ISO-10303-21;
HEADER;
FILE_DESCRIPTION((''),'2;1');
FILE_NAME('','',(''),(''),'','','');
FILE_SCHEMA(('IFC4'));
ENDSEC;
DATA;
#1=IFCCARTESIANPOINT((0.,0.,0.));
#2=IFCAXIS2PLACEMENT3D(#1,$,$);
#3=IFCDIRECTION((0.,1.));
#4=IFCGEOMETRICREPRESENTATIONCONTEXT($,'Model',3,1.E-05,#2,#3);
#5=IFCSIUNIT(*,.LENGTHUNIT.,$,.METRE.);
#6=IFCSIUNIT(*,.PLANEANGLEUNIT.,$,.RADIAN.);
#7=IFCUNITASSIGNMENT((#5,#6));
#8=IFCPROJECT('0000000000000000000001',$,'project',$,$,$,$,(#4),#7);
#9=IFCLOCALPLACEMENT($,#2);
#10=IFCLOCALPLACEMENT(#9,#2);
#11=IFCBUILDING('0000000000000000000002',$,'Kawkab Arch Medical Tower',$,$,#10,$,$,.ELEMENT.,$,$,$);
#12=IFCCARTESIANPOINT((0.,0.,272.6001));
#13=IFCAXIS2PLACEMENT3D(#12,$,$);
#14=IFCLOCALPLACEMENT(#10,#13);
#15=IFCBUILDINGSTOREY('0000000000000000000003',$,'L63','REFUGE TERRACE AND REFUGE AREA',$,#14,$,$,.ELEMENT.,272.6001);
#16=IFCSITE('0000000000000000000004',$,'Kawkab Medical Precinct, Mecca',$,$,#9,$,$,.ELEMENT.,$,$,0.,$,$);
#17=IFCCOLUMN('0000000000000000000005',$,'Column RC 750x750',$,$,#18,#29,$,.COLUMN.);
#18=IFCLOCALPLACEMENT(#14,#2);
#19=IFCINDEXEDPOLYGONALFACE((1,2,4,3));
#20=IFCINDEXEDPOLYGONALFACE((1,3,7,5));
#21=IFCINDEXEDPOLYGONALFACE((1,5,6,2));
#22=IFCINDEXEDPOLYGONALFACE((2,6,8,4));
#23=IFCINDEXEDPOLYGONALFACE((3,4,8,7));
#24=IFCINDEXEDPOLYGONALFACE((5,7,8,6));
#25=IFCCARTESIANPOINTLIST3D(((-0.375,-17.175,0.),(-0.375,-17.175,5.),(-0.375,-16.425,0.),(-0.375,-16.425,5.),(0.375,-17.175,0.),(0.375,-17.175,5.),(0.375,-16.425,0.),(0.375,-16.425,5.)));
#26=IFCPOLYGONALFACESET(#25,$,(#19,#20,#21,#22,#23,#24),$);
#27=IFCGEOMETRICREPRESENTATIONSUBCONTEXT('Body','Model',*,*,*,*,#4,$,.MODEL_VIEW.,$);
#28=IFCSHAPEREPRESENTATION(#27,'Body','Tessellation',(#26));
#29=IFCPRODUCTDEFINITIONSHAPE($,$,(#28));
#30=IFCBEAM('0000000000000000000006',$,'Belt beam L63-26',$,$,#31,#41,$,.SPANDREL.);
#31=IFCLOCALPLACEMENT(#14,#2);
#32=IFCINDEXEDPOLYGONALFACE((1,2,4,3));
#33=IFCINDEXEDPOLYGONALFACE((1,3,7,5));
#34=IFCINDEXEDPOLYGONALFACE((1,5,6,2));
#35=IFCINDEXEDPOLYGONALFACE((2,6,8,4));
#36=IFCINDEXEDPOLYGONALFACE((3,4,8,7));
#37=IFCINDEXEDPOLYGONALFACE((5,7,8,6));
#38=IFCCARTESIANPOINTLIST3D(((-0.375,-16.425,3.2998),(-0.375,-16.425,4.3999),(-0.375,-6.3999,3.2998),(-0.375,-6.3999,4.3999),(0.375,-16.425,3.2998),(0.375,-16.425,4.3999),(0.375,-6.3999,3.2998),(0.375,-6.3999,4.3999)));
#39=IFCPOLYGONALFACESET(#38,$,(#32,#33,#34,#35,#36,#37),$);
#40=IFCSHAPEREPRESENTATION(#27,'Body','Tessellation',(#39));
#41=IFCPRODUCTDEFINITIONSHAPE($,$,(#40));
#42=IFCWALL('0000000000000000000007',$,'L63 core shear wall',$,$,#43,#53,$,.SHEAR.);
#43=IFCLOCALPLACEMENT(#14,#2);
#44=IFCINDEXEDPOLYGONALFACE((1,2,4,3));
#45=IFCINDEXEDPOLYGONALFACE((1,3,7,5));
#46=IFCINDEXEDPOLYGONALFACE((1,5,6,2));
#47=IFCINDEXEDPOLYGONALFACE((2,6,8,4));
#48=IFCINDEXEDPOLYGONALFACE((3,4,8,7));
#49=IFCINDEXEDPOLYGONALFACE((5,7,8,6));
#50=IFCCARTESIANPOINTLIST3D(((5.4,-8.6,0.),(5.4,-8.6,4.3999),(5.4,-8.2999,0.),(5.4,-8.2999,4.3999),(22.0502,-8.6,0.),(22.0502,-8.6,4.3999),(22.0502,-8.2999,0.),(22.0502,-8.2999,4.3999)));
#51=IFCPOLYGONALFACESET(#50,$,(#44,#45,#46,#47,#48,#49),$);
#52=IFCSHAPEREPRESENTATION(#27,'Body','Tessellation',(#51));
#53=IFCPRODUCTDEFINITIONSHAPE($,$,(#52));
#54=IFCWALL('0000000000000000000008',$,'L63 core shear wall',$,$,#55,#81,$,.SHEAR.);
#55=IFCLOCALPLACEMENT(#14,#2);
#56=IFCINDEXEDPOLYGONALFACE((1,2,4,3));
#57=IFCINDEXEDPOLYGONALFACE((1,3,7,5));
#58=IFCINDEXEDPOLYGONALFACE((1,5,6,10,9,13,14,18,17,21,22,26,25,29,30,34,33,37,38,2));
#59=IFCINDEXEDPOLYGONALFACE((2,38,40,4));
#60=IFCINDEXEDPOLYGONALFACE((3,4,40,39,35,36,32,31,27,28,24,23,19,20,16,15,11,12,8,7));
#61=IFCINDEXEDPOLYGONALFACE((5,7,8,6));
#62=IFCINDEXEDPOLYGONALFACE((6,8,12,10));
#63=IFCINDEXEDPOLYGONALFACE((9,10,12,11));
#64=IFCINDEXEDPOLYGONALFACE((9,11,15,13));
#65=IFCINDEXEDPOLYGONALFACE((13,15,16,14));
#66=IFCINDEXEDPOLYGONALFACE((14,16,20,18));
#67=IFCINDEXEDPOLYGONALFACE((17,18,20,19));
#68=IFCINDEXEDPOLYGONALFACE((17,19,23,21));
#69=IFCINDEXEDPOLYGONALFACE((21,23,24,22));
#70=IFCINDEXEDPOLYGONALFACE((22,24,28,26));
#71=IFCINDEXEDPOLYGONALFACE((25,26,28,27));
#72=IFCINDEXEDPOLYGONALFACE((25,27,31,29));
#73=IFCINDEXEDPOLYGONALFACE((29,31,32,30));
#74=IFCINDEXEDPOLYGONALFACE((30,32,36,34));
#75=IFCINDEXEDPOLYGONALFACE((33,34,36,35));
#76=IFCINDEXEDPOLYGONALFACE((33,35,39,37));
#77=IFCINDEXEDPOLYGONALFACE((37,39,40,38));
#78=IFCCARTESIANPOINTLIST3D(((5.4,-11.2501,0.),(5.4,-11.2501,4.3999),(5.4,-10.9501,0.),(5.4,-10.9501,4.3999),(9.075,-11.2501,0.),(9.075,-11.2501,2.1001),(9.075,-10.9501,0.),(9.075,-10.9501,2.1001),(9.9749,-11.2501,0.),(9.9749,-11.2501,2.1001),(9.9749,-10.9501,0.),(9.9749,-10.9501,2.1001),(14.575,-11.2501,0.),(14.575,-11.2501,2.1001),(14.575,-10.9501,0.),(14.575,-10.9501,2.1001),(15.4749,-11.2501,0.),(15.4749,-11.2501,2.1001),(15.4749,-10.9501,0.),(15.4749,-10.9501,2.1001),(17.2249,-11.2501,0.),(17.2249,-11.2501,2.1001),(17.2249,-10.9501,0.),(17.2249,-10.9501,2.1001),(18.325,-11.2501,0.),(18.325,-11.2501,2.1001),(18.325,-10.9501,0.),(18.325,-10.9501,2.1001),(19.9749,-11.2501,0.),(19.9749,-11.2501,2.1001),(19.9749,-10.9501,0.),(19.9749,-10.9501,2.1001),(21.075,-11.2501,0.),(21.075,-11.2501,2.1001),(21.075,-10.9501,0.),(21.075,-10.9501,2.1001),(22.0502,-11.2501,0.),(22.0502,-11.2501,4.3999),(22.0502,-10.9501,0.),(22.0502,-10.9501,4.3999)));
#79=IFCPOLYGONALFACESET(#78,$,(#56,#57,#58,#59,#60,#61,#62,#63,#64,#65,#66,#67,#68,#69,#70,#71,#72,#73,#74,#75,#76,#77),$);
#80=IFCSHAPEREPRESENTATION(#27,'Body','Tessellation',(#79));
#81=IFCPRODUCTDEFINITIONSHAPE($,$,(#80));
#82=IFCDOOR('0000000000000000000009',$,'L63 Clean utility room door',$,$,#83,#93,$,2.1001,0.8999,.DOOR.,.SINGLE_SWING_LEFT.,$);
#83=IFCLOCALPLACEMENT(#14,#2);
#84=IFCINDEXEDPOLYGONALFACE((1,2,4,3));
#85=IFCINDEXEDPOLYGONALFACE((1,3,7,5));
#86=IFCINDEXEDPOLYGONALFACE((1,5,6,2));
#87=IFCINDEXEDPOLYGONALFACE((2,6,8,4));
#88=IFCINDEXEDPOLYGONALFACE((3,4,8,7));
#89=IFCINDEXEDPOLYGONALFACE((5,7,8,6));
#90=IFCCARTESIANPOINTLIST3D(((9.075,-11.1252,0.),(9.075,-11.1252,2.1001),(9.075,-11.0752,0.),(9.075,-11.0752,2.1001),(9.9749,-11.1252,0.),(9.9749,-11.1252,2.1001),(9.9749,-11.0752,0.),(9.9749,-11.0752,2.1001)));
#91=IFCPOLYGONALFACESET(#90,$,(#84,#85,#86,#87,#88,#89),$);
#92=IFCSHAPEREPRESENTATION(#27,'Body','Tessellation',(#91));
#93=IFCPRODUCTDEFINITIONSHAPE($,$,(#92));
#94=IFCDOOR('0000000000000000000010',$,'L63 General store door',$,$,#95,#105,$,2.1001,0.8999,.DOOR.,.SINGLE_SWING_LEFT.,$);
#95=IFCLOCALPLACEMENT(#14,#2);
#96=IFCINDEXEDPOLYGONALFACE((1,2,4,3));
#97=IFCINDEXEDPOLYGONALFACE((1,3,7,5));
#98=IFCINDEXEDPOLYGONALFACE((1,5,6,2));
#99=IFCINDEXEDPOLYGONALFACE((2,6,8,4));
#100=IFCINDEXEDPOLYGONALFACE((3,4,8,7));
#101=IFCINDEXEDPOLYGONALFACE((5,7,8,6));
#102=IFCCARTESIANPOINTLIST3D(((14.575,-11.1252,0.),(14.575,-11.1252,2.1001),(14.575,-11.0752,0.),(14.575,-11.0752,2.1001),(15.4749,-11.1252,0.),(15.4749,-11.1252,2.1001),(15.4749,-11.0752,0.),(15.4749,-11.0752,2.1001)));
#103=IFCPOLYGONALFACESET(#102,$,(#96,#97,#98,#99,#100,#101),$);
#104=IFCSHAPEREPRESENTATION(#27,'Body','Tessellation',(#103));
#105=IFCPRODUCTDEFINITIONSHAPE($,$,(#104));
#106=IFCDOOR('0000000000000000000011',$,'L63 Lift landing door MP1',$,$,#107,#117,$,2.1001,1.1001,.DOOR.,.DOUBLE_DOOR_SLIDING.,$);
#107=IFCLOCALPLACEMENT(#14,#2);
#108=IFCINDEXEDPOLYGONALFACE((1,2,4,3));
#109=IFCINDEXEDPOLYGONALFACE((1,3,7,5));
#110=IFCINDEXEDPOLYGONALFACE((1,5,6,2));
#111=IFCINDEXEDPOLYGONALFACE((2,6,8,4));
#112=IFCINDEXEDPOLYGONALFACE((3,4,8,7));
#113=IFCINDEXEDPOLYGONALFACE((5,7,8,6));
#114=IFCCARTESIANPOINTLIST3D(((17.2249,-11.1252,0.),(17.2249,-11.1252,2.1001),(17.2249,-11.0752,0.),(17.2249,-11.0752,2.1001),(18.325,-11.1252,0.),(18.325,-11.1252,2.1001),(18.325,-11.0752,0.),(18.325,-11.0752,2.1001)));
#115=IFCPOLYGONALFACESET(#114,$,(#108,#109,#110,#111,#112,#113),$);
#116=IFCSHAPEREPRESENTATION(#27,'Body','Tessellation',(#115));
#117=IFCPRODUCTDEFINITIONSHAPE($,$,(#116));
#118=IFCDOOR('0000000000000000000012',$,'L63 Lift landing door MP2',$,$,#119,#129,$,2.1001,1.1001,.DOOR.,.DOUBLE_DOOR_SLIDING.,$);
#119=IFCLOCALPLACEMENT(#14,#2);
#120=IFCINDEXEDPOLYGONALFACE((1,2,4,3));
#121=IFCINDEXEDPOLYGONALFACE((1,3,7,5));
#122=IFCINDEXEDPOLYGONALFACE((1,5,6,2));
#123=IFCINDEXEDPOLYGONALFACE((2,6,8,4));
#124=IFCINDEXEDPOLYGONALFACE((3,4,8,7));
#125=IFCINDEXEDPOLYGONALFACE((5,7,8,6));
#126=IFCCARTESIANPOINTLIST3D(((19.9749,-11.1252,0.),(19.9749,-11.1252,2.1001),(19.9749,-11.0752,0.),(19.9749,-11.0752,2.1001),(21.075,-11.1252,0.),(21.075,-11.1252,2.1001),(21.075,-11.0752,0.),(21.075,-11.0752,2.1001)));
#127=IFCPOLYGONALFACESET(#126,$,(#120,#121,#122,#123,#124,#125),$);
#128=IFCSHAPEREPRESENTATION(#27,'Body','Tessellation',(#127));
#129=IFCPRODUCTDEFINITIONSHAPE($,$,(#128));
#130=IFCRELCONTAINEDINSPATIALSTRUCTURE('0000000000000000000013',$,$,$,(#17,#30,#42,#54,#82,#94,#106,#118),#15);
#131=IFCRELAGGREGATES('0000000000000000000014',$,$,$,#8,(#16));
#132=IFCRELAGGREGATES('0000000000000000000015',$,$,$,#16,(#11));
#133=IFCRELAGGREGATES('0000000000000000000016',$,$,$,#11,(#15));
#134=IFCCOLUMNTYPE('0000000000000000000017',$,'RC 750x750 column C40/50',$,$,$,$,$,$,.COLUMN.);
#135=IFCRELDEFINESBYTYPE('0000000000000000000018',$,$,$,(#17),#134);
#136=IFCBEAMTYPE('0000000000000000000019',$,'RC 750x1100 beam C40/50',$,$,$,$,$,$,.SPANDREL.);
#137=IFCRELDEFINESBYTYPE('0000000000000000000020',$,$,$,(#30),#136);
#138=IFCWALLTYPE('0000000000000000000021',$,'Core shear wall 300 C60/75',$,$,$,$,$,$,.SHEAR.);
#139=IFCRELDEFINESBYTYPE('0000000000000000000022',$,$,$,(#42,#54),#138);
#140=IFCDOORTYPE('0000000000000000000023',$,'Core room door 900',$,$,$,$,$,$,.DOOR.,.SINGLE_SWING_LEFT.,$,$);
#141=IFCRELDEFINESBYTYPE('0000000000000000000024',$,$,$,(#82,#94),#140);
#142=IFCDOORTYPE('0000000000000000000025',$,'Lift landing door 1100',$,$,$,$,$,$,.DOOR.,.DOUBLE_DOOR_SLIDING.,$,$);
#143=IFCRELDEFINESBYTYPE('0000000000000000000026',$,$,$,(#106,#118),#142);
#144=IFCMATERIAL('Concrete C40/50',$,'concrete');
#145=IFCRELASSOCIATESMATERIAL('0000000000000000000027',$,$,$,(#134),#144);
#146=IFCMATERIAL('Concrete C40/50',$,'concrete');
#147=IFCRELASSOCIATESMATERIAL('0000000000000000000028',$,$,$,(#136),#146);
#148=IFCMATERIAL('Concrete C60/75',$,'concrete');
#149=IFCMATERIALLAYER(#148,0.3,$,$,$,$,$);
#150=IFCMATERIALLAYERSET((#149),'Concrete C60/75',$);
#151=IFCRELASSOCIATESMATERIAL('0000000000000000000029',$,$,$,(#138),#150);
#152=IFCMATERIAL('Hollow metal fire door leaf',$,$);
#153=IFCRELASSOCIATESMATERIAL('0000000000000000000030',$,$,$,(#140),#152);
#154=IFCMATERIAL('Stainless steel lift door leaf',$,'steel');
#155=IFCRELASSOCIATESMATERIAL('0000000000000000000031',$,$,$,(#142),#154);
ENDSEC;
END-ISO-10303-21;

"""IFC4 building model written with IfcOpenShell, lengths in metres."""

from ifc_helpers import new_model, si_unit, direction, frame, frame_2d, origin, origin_2d, place, context, subcontext, project, spatial, rectangle, extrude, material, layer, layer_set, material_profile, profile_set, type_object, element, fill, save


model = new_model("IFC4")

# Units and contexts
model_context = context("Model", 3, precision=1e-05, world=origin(), true_north=direction((0.0, 1.0)))
body_context = subcontext(model_context, "Body", "Model", "MODEL_VIEW")
ifc_project = project(units=[si_unit("LENGTHUNIT", "METRE"), si_unit("PLANEANGLEUNIT", "RADIAN")], contexts=[model_context])

# Site, building, storey
site_placement = place(None, origin())
site = spatial("IfcSite", under=ifc_project, at=site_placement, Name="Kawkab Medical Precinct, Mecca", CompositionType="ELEMENT", RefElevation=0.0)
building_placement = place(site_placement, origin())
building = spatial("IfcBuilding", under=site, at=building_placement, Name="Kawkab Arch Medical Tower", CompositionType="ELEMENT")
storey_placement = place(building_placement, frame((0.0, 0.0, 272.6001)))
storey = spatial("IfcBuildingStorey", under=building, at=storey_placement, Name="L63", Description="REFUGE TERRACE AND REFUGE AREA", CompositionType="ELEMENT", Elevation=272.6001)

# Column
ifc_material_1 = material(Name="Concrete C40/50", Category="concrete")
ifc_material_profile_1 = material_profile(ifc_material_1, rectangle(XDim=0.75, YDim=0.75, at=origin_2d()), Name="RC 750x750")
ifc_profile_set_1 = profile_set([ifc_material_profile_1], Name="Concrete C40/50")
column_type = type_object("IfcColumnType", Name="RC 750x750 column C40/50", PredefinedType="COLUMN", material=ifc_profile_set_1)
column_placement = place(storey_placement, frame((0.0, -16.8, 0.0), z_axis=(0.0, 0.0, 1.0), x_axis=(1.0, 0.0, 0.0)))
element("IfcColumn", 1, at=column_placement, inside=storey, type_object=column_type, Name="Column RC 750x750", PredefinedType="COLUMN", context=body_context, shape_type="SweptSolid", body=[
    extrude(rectangle(XDim=0.75, YDim=0.75, at=origin_2d()), origin(), (0.0, 0.0, 1.0), 5.0),
])

# Beam
ifc_material_2 = material(Name="Concrete C40/50", Category="concrete")
ifc_material_profile_2 = material_profile(ifc_material_2, rectangle(XDim=0.75, YDim=1.1001, at=origin_2d()), Name="RC 750x1100")
ifc_profile_set_2 = profile_set([ifc_material_profile_2], Name="Concrete C40/50")
beam_type = type_object("IfcBeamType", Name="RC 750x1100 beam C40/50", PredefinedType="SPANDREL", material=ifc_profile_set_2)
beam_placement = place(storey_placement, frame((0.0, -16.425, 3.8499), z_axis=(0.0, 1.0, 0.0), x_axis=(-1.0, 0.0, 0.0)))
element("IfcBeam", 2, at=beam_placement, inside=storey, type_object=beam_type, Name="Belt beam L63-26", PredefinedType="SPANDREL", context=body_context, shape_type="SweptSolid", body=[
    extrude(rectangle(XDim=0.75, YDim=1.1001, at=origin_2d()), origin(), (0.0, 0.0, 1.0), 10.0251),
])

# Wall
ifc_material_3 = material(Name="Concrete C60/75", Category="concrete")
ifc_layer_1 = layer(ifc_material_3, 0.3)
ifc_layer_set_1 = layer_set([ifc_layer_1], Name="Concrete C60/75")
wall_type_1 = type_object("IfcWallType", Name="Core shear wall 300 C60/75", PredefinedType="SHEAR", material=ifc_layer_set_1)
wall_1_placement = place(storey_placement, frame((5.3999, -8.45, 0.0), z_axis=(0.0, 0.0, 1.0), x_axis=(1.0, 0.0, 0.0)))
element("IfcWall", 3, at=wall_1_placement, inside=storey, type_object=wall_type_1, Name="L63 core shear wall", PredefinedType="SHEAR", context=body_context, shape_type="SweptSolid", body=[
    extrude(rectangle(XDim=16.6501, YDim=0.3, at=frame_2d((8.3252, 0.0))), origin(), (0.0, 0.0, 1.0), 4.3999),
])

# Wall, openings, doors
wall_2_placement = place(storey_placement, frame((5.3999, -11.1001, 0.0), z_axis=(0.0, 0.0, 1.0), x_axis=(1.0, 0.0, 0.0)))
wall_2 = element("IfcWall", 4, at=wall_2_placement, inside=storey, type_object=wall_type_1, Name="L63 core shear wall", PredefinedType="SHEAR", context=body_context, shape_type="SweptSolid", body=[
    extrude(rectangle(XDim=16.6501, YDim=0.3, at=frame_2d((8.3252, 0.0))), origin(), (0.0, 0.0, 1.0), 4.3999),
])
opening_1_placement = place(wall_2_placement, frame((11.825, 0.0, 0.0)))
opening_1 = element("IfcOpeningElement", 5, at=opening_1_placement, cuts=wall_2, PredefinedType="OPENING", context=body_context, shape_type="SweptSolid", body=[
    extrude(rectangle(XDim=1.1001, YDim=2.1001, at=frame_2d((0.55, 1.05))), frame((0.0, 0.1599, 0.0), z_axis=(0.0, -1.0, 0.0), x_axis=(1.0, 0.0, 0.0)), (0.0, 0.0, 1.0), 0.3201),
])
opening_2_placement = place(wall_2_placement, frame((14.575, 0.0, 0.0)))
opening_2 = element("IfcOpeningElement", 6, at=opening_2_placement, cuts=wall_2, PredefinedType="OPENING", context=body_context, shape_type="SweptSolid", body=[
    extrude(rectangle(XDim=1.1001, YDim=2.1001, at=frame_2d((0.55, 1.05))), frame((0.0, 0.1599, 0.0), z_axis=(0.0, -1.0, 0.0), x_axis=(1.0, 0.0, 0.0)), (0.0, 0.0, 1.0), 0.3201),
])
opening_3_placement = place(wall_2_placement, frame((3.675, 0.0, 0.0)))
opening_3 = element("IfcOpeningElement", 7, at=opening_3_placement, cuts=wall_2, PredefinedType="OPENING", context=body_context, shape_type="SweptSolid", body=[
    extrude(rectangle(XDim=0.8999, YDim=2.1001, at=frame_2d((0.45, 1.05))), frame((0.0, 0.1599, 0.0), z_axis=(0.0, -1.0, 0.0), x_axis=(1.0, 0.0, 0.0)), (0.0, 0.0, 1.0), 0.3201),
])
opening_4_placement = place(wall_2_placement, frame((9.175, 0.0, 0.0)))
opening_4 = element("IfcOpeningElement", 8, at=opening_4_placement, cuts=wall_2, PredefinedType="OPENING", context=body_context, shape_type="SweptSolid", body=[
    extrude(rectangle(XDim=0.8999, YDim=2.1001, at=frame_2d((0.45, 1.05))), frame((0.0, 0.1599, 0.0), z_axis=(0.0, -1.0, 0.0), x_axis=(1.0, 0.0, 0.0)), (0.0, 0.0, 1.0), 0.3201),
])
ifc_material_4 = material(Name="Hollow metal fire door leaf")
door_type_1 = type_object("IfcDoorType", Name="Core room door 900", OperationType="SINGLE_SWING_LEFT", PredefinedType="DOOR", material=ifc_material_4)
door_1_placement = place(opening_3_placement, origin())
door_1 = element("IfcDoor", 9, at=door_1_placement, inside=storey, type_object=door_type_1, Name="L63 Clean utility room door", OperationType="SINGLE_SWING_LEFT", OverallHeight=2.1001, OverallWidth=0.8999, PredefinedType="DOOR", context=body_context, shape_type="SweptSolid", body=[
    extrude(rectangle(XDim=0.8999, YDim=2.1001, at=frame_2d((0.45, 1.05))), frame((0.0, 0.0249, 0.0), z_axis=(0.0, -1.0, 0.0), x_axis=(1.0, 0.0, 0.0)), (0.0, 0.0, 1.0), 0.05),
])
fill(opening_3, door_1)
door_2_placement = place(opening_4_placement, origin())
door_2 = element("IfcDoor", 10, at=door_2_placement, inside=storey, type_object=door_type_1, Name="L63 General store door", OperationType="SINGLE_SWING_LEFT", OverallHeight=2.1001, OverallWidth=0.8999, PredefinedType="DOOR", context=body_context, shape_type="SweptSolid", body=[
    extrude(rectangle(XDim=0.8999, YDim=2.1001, at=frame_2d((0.45, 1.05))), frame((0.0, 0.0249, 0.0), z_axis=(0.0, -1.0, 0.0), x_axis=(1.0, 0.0, 0.0)), (0.0, 0.0, 1.0), 0.05),
])
fill(opening_4, door_2)
ifc_material_5 = material(Name="Stainless steel lift door leaf", Category="steel")
door_type_2 = type_object("IfcDoorType", Name="Lift landing door 1100", OperationType="DOUBLE_DOOR_SLIDING", PredefinedType="DOOR", material=ifc_material_5)
door_3_placement = place(opening_1_placement, origin())
door_3 = element("IfcDoor", 11, at=door_3_placement, inside=storey, type_object=door_type_2, Name="L63 Lift landing door MP1", OperationType="DOUBLE_DOOR_SLIDING", OverallHeight=2.1001, OverallWidth=1.1001, PredefinedType="DOOR", context=body_context, shape_type="SweptSolid", body=[
    extrude(rectangle(XDim=1.1001, YDim=2.1001, at=frame_2d((0.55, 1.05))), frame((0.0, 0.0249, 0.0), z_axis=(0.0, -1.0, 0.0), x_axis=(1.0, 0.0, 0.0)), (0.0, 0.0, 1.0), 0.05),
])
fill(opening_1, door_3)
door_4_placement = place(opening_2_placement, origin())
door_4 = element("IfcDoor", 12, at=door_4_placement, inside=storey, type_object=door_type_2, Name="L63 Lift landing door MP2", OperationType="DOUBLE_DOOR_SLIDING", OverallHeight=2.1001, OverallWidth=1.1001, PredefinedType="DOOR", context=body_context, shape_type="SweptSolid", body=[
    extrude(rectangle(XDim=1.1001, YDim=2.1001, at=frame_2d((0.55, 1.05))), frame((0.0, 0.0249, 0.0), z_axis=(0.0, -1.0, 0.0), x_axis=(1.0, 0.0, 0.0)), (0.0, 0.0, 1.0), 0.05),
])
fill(opening_2, door_4)

save(model, "model.ifc")
